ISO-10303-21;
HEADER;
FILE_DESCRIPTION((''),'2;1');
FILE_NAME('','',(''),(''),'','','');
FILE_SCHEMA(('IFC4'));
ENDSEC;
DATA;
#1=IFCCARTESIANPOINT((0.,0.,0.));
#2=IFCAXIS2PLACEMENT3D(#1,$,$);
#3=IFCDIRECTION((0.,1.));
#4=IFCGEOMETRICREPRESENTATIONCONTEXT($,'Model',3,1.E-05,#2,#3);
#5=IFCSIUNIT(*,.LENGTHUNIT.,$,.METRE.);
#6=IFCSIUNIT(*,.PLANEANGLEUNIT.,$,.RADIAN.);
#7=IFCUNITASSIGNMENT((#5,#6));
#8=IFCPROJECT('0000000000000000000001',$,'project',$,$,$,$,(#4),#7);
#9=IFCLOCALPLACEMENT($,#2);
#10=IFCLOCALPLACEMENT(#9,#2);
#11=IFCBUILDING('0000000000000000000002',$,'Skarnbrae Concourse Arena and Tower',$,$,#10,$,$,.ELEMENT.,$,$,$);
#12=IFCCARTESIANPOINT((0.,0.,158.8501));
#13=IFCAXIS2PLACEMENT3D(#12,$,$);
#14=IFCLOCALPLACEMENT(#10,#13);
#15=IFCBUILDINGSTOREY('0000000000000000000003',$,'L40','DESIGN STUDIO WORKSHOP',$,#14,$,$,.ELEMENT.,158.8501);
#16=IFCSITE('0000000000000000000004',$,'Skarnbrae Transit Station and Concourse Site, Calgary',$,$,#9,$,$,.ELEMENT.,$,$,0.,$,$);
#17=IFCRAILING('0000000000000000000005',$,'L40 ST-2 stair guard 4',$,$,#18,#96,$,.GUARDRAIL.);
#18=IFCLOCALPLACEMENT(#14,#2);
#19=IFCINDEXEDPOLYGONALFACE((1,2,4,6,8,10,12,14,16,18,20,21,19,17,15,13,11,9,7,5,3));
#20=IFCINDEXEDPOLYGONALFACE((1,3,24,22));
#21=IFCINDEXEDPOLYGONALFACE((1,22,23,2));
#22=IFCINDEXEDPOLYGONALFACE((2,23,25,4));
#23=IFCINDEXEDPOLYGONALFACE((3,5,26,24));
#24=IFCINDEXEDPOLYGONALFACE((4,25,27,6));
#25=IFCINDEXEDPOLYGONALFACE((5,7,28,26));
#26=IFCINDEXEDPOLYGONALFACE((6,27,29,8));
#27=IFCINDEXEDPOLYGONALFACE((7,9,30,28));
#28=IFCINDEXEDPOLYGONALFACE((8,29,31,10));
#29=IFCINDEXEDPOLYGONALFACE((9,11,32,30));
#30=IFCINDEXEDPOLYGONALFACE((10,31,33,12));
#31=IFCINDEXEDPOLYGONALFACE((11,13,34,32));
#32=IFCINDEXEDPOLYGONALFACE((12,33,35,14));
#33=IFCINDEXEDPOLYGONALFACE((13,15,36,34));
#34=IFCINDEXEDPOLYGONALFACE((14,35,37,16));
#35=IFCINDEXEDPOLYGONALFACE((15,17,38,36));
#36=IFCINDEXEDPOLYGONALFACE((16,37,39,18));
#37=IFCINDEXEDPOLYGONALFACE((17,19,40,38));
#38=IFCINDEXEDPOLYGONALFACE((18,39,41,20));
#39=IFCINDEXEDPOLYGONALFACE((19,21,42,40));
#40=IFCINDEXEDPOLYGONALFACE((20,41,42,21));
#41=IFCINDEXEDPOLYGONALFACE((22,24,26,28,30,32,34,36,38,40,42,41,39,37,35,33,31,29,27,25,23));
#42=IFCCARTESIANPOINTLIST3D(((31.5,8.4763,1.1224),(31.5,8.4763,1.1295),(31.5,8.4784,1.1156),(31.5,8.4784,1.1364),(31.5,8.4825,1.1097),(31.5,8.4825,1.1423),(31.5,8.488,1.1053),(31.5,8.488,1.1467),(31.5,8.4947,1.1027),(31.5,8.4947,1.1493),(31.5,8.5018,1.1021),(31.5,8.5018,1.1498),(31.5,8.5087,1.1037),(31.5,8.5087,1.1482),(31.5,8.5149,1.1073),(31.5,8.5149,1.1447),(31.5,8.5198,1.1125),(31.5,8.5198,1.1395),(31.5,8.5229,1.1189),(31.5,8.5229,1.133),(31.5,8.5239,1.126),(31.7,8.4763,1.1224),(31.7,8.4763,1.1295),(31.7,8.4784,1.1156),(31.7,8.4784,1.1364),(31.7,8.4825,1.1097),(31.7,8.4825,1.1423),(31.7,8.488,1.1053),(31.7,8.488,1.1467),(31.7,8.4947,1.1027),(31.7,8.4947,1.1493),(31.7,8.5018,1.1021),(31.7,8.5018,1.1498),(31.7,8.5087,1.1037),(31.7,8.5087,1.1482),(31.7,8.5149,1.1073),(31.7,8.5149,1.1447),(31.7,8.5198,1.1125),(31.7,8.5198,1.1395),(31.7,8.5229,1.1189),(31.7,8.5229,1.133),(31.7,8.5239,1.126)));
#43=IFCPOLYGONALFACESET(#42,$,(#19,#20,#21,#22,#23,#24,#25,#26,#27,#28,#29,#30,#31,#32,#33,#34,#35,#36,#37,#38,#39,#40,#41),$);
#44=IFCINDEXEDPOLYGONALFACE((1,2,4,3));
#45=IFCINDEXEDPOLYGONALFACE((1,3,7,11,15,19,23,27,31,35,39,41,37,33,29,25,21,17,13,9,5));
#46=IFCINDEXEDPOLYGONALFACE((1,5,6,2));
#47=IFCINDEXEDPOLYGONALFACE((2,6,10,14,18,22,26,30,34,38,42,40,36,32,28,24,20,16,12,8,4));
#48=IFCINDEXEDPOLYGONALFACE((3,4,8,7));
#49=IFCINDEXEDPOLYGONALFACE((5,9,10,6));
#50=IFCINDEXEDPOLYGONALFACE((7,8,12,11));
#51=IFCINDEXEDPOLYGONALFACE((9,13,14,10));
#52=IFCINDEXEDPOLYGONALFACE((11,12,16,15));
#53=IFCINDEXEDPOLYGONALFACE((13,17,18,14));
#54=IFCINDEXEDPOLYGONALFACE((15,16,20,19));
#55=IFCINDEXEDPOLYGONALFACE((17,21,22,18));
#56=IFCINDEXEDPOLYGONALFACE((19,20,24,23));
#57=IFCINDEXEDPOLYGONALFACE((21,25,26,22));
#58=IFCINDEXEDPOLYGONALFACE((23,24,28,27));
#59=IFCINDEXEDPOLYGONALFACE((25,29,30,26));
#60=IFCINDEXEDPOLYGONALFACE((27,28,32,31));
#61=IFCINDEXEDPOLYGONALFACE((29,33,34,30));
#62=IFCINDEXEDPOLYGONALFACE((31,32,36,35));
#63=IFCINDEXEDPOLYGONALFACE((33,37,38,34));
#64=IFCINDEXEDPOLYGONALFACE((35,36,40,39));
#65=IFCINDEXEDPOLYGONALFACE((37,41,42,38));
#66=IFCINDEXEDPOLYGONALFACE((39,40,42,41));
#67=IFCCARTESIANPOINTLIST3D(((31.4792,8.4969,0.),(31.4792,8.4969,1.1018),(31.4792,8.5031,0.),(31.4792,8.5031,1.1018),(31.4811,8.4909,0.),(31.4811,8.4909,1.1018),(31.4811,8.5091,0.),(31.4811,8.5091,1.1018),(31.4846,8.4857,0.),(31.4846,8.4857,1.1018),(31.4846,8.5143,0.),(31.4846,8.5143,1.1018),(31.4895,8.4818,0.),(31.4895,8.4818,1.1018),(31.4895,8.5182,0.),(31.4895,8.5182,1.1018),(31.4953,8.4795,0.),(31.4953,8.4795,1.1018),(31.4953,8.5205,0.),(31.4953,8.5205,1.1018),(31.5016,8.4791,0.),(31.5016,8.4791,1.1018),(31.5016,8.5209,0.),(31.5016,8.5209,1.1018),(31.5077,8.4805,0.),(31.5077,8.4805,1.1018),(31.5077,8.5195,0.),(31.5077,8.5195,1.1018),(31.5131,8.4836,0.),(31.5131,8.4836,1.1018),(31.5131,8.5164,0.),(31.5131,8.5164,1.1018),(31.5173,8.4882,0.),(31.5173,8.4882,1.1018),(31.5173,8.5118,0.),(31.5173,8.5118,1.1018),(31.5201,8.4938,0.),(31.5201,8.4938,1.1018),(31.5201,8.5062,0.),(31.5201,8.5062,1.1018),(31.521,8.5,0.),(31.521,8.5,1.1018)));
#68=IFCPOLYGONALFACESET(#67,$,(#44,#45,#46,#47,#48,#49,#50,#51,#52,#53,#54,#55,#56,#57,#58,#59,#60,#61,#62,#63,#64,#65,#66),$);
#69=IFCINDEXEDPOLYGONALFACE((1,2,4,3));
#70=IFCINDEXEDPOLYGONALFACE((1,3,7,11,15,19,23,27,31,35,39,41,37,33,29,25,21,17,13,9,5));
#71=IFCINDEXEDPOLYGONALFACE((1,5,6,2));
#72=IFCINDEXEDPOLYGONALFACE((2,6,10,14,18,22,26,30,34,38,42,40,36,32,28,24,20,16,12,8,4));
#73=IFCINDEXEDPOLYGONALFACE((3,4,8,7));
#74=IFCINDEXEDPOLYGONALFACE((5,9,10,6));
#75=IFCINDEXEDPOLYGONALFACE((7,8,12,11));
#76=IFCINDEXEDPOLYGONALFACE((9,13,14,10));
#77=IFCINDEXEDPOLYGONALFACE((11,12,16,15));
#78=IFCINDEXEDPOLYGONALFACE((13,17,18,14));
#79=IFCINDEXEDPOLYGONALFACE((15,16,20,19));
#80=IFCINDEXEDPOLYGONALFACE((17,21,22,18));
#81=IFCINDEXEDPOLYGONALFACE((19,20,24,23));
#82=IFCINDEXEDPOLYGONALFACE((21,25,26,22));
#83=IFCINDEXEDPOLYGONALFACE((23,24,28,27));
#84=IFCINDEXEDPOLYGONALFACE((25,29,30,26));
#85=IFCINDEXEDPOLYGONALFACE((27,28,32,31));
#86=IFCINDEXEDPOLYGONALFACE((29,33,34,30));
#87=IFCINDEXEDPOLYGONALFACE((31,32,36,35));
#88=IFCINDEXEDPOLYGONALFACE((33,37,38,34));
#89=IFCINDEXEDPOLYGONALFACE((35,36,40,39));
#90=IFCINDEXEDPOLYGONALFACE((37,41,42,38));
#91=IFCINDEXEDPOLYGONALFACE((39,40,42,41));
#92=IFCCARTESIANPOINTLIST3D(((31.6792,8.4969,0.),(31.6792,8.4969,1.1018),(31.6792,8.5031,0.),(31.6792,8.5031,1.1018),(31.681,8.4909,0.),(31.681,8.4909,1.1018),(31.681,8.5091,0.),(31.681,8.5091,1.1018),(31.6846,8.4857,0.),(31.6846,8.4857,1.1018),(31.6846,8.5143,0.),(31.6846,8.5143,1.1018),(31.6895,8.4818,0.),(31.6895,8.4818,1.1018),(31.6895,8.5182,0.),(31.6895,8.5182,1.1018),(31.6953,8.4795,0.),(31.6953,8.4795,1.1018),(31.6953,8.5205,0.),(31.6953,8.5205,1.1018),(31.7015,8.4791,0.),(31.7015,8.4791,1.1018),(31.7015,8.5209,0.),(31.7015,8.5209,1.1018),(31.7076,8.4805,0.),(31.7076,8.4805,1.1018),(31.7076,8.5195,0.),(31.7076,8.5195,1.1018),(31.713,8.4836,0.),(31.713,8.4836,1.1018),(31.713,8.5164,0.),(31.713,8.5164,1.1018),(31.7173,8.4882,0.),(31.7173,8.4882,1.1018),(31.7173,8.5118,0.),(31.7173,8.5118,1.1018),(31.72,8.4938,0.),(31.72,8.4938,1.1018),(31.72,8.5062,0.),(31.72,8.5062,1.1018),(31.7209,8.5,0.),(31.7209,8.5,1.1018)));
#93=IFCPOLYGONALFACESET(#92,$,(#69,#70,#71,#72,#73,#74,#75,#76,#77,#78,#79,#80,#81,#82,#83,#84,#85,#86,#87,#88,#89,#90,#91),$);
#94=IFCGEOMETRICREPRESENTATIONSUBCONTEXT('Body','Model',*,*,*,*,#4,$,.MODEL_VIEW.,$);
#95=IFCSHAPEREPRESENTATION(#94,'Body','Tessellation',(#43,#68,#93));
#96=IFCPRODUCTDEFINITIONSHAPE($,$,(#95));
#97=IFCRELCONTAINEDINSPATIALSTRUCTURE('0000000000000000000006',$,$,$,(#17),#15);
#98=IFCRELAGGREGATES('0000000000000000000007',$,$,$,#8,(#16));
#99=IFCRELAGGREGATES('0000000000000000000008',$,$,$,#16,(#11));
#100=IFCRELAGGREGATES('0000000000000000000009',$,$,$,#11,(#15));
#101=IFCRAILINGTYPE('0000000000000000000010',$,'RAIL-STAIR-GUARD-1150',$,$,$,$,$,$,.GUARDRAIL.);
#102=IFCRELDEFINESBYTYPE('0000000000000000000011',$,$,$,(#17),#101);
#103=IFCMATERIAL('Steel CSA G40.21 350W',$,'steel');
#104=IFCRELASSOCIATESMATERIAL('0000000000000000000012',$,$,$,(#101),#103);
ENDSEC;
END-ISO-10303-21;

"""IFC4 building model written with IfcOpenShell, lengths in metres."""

from ifc_helpers import new_model, si_unit, direction, frame, origin, origin_2d, place, context, subcontext, project, spatial, circle, extrude, material, type_object, element, save


model = new_model("IFC4")

# Units and contexts
model_context = context("Model", 3, precision=1e-05, world=origin(), true_north=direction((0.0, 1.0)))
body_context = subcontext(model_context, "Body", "Model", "MODEL_VIEW")
ifc_project = project(units=[si_unit("LENGTHUNIT", "METRE"), si_unit("PLANEANGLEUNIT", "RADIAN")], contexts=[model_context])

# Site, building, storey
site_placement = place(None, origin())
site = spatial("IfcSite", under=ifc_project, at=site_placement, Name="Skarnbrae Transit Station and Concourse Site, Calgary", CompositionType="ELEMENT", RefElevation=0.0)
building_placement = place(site_placement, origin())
building = spatial("IfcBuilding", under=site, at=building_placement, Name="Skarnbrae Concourse Arena and Tower", CompositionType="ELEMENT")
storey_placement = place(building_placement, frame((0.0, 0.0, 158.8501)))
storey = spatial("IfcBuildingStorey", under=building, at=storey_placement, Name="L40", Description="DESIGN STUDIO WORKSHOP", CompositionType="ELEMENT", Elevation=158.8501)

# Shared definitions
ifc_material_1 = material(Name="Steel CSA G40.21 350W", Category="steel")

# Railing
railing_type = type_object("IfcRailingType", Name="RAIL-STAIR-GUARD-1150", PredefinedType="GUARDRAIL", material=ifc_material_1)
railing_1_placement = place(storey_placement, frame((31.5, 8.5, 0.0)))
element("IfcRailing", 1, at=railing_1_placement, inside=storey, type_object=railing_type, Name="L40 ST-2 stair guard 4", PredefinedType="GUARDRAIL", context=body_context, shape_type="SweptSolid", body=[
    extrude(circle(Radius=0.0239, at=origin_2d()), frame((0.0, 0.0, 1.126), z_axis=(1.0, 0.0, 0.0), x_axis=(0.0, 1.0, 0.0)), (0.0, 0.0, 1.0), 0.2),
    extrude(circle(Radius=0.021, at=origin_2d()), origin(), (0.0, 0.0, 1.0), 1.1018),
    extrude(circle(Radius=0.021, at=origin_2d()), frame((0.2, 0.0, 0.0)), (0.0, 0.0, 1.0), 1.1018),
])

save(model, "model.ifc")
